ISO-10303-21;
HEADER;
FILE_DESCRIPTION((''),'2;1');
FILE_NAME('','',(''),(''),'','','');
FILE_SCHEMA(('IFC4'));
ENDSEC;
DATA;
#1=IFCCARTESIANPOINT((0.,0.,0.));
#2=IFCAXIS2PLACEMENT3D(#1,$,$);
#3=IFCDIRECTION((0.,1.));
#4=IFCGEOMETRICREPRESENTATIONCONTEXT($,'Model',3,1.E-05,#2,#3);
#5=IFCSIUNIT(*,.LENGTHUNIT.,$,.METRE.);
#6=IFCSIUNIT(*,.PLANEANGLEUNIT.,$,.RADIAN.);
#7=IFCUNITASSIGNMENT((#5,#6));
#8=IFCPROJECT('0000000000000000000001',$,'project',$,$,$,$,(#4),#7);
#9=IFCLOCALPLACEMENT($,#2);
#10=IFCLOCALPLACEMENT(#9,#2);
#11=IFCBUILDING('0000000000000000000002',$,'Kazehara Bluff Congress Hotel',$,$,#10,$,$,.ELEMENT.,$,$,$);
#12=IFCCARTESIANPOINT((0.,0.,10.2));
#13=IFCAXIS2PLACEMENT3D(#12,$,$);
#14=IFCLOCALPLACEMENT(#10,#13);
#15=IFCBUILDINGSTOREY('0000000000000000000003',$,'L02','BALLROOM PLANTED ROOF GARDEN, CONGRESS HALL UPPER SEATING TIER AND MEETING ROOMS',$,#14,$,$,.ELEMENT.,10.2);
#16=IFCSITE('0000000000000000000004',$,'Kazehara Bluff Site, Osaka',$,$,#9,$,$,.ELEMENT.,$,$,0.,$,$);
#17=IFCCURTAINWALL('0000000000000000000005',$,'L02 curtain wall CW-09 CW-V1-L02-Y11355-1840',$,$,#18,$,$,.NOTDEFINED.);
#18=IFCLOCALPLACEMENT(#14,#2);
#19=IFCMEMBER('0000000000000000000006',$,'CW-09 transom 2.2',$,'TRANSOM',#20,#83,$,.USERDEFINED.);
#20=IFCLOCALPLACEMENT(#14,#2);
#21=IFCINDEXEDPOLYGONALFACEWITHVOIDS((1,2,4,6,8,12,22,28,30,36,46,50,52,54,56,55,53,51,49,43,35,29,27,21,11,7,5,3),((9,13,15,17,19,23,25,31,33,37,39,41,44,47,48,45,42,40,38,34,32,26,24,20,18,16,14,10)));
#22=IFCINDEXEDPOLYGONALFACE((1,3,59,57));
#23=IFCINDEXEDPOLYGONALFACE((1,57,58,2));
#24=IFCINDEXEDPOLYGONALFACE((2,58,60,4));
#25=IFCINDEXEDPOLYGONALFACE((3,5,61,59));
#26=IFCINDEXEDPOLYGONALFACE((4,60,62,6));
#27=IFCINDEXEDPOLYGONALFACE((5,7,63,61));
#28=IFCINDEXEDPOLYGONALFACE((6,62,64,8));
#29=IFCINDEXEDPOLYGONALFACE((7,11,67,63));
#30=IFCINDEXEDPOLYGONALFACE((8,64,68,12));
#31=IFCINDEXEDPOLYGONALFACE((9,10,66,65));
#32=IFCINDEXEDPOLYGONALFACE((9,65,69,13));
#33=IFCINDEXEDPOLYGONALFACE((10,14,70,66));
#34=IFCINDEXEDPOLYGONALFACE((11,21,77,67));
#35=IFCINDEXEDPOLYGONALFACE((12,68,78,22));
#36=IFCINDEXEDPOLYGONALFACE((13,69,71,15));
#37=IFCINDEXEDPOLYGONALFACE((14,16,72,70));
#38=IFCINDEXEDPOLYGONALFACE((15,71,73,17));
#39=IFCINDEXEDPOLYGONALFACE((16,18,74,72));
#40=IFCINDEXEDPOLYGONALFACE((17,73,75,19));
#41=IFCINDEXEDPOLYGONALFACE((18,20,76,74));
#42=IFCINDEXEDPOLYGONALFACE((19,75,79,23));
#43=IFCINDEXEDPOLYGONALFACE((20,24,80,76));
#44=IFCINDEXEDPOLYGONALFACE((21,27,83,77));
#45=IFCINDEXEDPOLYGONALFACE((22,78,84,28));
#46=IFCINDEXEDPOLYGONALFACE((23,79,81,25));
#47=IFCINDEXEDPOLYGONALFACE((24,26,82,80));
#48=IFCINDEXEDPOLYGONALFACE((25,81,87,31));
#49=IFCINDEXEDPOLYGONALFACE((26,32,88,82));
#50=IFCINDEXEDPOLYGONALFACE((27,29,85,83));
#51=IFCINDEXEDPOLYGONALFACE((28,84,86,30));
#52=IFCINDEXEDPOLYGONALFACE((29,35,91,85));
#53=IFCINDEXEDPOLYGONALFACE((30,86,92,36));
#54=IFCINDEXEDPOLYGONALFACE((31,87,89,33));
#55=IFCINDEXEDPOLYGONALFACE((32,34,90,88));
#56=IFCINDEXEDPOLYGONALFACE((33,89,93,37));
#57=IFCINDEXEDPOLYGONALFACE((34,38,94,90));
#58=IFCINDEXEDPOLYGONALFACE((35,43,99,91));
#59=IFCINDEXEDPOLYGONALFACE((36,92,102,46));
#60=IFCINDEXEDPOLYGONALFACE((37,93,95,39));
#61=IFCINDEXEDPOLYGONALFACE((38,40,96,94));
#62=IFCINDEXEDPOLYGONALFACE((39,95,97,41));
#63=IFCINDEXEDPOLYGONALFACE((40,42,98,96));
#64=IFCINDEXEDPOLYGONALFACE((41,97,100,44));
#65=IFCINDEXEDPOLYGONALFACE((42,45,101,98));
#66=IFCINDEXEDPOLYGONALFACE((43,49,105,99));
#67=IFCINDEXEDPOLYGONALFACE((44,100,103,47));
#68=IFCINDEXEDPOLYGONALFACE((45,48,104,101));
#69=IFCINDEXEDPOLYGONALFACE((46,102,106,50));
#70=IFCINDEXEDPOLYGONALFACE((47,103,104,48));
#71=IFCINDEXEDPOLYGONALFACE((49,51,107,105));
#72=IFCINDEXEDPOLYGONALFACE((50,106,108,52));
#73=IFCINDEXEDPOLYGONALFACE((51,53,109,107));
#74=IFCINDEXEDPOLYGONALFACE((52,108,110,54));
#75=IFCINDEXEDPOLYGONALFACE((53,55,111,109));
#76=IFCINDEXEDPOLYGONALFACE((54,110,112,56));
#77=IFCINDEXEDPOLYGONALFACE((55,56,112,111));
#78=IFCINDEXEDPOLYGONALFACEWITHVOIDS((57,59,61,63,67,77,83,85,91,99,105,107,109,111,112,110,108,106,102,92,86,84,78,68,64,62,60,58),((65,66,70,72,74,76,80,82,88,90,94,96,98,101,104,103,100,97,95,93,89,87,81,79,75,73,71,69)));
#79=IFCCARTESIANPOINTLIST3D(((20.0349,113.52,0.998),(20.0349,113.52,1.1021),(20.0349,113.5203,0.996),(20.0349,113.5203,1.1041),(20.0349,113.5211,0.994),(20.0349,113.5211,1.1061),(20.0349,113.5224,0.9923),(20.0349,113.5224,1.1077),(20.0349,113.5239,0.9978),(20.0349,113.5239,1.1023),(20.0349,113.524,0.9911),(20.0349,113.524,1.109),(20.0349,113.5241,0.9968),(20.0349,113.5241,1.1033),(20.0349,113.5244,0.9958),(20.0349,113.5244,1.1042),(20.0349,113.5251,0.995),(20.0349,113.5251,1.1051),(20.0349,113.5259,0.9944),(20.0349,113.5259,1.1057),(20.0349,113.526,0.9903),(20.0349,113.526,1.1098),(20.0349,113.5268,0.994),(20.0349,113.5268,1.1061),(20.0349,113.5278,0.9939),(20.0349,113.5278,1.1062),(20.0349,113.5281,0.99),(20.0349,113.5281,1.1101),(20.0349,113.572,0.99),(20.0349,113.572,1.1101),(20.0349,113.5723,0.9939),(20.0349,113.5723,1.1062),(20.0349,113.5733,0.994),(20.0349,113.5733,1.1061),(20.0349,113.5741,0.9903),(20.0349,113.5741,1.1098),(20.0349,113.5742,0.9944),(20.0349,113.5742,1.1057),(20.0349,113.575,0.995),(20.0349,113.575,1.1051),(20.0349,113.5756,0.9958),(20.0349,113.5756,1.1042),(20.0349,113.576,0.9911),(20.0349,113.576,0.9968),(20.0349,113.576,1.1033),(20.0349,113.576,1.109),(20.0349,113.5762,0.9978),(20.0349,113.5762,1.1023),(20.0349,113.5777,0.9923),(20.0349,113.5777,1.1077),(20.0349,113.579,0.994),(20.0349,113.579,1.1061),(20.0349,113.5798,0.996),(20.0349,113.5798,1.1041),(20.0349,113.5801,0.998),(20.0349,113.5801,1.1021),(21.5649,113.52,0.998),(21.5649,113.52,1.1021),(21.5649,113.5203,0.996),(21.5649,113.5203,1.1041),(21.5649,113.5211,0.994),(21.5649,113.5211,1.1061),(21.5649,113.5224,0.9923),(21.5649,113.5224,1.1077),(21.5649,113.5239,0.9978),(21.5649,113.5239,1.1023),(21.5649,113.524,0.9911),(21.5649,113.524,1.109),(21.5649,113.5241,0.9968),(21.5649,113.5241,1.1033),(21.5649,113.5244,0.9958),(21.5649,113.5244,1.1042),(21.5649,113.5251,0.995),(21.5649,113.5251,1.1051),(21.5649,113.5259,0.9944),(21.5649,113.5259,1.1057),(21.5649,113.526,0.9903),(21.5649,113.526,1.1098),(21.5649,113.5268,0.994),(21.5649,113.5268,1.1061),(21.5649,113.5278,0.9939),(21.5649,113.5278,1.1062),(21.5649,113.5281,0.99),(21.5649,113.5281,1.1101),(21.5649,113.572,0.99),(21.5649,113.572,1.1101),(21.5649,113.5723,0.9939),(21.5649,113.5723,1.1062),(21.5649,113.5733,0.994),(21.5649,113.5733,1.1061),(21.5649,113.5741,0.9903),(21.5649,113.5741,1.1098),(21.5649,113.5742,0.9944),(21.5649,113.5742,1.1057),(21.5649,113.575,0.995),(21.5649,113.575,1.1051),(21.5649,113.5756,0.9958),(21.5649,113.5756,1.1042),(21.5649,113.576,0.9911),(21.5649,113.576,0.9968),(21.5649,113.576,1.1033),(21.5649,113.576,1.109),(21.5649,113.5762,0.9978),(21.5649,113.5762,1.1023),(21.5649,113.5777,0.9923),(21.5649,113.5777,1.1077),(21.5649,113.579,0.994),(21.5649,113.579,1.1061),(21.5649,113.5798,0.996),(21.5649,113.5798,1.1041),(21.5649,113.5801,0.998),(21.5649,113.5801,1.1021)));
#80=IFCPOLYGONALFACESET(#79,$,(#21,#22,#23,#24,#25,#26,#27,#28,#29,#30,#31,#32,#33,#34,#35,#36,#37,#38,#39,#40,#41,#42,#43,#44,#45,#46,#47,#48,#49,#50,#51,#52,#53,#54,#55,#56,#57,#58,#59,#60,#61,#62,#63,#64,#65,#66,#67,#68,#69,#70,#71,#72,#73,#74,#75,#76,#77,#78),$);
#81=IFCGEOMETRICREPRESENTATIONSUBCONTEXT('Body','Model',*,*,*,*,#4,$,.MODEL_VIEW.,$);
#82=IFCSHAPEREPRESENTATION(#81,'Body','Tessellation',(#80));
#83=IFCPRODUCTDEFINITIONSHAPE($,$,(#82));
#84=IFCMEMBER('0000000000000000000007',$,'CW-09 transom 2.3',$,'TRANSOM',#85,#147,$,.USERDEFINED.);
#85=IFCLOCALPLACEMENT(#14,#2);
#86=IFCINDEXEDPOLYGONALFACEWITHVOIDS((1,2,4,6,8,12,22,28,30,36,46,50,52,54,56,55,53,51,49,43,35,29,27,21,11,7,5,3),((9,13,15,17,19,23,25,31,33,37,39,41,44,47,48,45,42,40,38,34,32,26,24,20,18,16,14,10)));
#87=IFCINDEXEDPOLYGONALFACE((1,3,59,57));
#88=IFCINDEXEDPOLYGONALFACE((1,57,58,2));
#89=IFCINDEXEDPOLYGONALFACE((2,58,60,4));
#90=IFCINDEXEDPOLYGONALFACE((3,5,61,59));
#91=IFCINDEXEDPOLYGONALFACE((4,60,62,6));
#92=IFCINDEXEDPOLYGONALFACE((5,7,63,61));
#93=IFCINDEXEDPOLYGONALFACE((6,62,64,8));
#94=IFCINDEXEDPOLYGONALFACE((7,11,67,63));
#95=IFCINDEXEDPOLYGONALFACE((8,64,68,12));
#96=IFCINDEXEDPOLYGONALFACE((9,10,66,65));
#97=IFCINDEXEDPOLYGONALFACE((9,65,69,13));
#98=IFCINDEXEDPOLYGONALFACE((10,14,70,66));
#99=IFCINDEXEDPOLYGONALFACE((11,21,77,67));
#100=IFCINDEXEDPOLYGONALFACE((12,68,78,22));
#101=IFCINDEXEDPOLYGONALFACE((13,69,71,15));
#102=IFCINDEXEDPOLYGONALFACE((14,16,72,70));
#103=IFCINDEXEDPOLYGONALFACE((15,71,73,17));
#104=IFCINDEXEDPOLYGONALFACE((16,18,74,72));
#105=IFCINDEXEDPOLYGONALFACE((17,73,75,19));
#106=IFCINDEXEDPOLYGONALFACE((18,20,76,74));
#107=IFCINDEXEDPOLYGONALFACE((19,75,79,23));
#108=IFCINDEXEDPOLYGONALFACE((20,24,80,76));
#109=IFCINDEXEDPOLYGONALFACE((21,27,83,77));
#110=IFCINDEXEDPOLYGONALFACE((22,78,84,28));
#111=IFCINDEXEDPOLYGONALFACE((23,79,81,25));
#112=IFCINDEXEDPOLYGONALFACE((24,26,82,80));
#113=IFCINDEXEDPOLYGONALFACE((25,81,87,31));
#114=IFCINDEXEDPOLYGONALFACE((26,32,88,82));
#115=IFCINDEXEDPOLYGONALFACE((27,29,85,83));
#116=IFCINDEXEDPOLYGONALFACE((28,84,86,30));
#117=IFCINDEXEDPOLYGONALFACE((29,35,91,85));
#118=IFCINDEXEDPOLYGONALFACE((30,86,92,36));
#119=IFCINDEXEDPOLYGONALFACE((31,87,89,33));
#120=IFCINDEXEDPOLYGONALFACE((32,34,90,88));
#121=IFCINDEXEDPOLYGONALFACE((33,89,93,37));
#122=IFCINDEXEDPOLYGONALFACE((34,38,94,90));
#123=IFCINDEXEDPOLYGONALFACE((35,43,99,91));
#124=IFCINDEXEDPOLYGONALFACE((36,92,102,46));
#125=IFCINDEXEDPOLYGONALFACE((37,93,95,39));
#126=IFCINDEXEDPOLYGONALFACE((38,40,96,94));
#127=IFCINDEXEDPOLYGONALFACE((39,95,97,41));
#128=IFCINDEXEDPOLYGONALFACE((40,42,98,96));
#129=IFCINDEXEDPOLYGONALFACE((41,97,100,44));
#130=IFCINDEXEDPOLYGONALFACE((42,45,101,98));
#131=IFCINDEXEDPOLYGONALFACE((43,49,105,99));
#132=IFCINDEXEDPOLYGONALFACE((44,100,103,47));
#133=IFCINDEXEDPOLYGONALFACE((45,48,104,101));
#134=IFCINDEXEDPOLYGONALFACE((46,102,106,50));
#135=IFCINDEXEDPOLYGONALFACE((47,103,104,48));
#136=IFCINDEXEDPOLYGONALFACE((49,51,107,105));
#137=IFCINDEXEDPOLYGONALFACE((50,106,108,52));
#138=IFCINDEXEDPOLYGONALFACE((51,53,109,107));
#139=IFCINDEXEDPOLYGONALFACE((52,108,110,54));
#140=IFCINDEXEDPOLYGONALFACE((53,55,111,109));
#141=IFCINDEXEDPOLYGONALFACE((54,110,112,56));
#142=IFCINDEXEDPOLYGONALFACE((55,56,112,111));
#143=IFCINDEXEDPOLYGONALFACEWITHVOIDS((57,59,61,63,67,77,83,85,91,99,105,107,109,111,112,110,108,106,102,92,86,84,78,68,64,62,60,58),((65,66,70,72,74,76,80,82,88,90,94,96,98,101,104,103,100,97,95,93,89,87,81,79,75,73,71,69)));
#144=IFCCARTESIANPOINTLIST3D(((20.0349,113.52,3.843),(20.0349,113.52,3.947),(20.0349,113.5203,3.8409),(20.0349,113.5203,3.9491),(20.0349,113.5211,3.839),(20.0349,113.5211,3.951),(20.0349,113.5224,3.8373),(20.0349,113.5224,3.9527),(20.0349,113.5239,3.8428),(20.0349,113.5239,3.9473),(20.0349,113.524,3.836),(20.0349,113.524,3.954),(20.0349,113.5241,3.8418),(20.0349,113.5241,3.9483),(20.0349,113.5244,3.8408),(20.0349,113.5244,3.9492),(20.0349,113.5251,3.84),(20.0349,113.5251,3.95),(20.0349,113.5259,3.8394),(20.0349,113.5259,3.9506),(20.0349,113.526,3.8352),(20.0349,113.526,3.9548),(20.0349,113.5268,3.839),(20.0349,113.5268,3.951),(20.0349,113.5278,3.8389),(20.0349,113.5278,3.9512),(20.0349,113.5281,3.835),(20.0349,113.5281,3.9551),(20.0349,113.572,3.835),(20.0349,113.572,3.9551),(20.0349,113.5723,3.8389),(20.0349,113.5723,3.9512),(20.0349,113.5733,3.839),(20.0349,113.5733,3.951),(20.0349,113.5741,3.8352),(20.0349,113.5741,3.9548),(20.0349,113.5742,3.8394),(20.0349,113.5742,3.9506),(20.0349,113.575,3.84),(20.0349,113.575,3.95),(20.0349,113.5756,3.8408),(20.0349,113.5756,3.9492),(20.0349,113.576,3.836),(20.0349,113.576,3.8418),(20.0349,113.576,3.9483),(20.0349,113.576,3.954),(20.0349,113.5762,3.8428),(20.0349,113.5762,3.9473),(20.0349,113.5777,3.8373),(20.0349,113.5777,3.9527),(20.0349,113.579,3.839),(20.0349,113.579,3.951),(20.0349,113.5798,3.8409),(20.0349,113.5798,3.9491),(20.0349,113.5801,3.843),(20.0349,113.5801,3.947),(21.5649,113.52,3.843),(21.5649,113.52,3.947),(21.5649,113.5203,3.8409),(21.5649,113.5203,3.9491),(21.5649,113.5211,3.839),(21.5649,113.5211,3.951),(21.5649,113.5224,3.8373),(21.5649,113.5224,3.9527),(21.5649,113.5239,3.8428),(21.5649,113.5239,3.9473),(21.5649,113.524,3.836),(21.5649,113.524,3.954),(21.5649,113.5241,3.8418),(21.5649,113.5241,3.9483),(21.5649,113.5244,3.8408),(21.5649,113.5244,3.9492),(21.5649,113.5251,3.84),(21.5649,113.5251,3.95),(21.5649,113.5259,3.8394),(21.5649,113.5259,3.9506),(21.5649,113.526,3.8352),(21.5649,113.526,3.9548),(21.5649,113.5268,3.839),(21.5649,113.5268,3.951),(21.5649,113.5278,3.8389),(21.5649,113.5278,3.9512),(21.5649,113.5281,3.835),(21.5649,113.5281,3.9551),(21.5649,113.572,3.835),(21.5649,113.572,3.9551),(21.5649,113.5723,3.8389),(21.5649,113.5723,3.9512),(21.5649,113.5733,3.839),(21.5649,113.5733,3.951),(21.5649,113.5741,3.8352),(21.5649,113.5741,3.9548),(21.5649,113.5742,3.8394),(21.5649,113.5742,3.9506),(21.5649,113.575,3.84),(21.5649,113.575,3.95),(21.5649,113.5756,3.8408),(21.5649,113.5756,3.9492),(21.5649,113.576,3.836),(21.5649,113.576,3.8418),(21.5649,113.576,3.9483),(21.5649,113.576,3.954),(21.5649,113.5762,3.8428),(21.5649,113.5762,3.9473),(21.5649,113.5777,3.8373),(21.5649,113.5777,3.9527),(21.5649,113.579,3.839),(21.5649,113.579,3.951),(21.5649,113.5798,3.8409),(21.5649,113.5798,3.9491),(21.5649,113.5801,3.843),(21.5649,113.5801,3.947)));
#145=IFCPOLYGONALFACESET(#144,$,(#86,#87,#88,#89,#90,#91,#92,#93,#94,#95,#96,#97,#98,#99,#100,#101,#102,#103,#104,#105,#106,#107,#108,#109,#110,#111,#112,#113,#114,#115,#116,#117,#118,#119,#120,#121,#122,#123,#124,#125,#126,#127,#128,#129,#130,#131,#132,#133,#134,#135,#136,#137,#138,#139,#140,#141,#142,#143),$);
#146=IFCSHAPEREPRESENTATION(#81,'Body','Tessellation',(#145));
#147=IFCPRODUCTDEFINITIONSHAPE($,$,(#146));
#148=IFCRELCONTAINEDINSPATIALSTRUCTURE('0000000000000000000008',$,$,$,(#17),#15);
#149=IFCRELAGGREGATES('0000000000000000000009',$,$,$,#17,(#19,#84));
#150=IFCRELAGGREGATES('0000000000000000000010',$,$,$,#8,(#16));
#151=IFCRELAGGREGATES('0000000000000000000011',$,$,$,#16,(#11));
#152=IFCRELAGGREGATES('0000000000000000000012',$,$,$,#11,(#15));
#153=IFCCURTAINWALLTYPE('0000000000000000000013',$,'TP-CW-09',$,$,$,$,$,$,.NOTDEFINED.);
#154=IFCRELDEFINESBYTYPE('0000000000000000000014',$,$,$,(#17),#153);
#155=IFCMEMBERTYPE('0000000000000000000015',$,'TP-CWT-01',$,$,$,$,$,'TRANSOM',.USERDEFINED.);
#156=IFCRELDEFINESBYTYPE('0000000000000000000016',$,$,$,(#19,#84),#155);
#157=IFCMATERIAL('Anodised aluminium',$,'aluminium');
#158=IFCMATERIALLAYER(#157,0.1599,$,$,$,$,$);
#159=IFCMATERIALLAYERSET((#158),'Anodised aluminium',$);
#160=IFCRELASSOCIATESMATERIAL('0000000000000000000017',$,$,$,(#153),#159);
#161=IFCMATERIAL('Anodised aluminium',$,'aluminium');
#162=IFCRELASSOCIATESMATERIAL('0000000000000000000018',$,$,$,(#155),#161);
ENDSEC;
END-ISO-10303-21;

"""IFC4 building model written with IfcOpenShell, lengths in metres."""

from ifc_helpers import new_model, si_unit, direction, frame, origin, origin_2d, place, context, subcontext, project, spatial, hollow_rectangle, extrude, material, layer, layer_set, material_profile, profile_set, type_object, element, aggregate, save


model = new_model("IFC4")

# Units and contexts
model_context = context("Model", 3, precision=1e-05, world=origin(), true_north=direction((0.0, 1.0)))
body_context = subcontext(model_context, "Body", "Model", "MODEL_VIEW")
ifc_project = project(units=[si_unit("LENGTHUNIT", "METRE"), si_unit("PLANEANGLEUNIT", "RADIAN")], contexts=[model_context])

# Site, building, storey
site_placement = place(None, origin())
site = spatial("IfcSite", under=ifc_project, at=site_placement, Name="Kazehara Bluff Site, Osaka", CompositionType="ELEMENT", RefElevation=0.0)
building_placement = place(site_placement, origin())
building = spatial("IfcBuilding", under=site, at=building_placement, Name="Kazehara Bluff Congress Hotel", CompositionType="ELEMENT")
storey_placement = place(building_placement, frame((0.0, 0.0, 10.2)))
storey = spatial("IfcBuildingStorey", under=building, at=storey_placement, Name="L02", Description="BALLROOM PLANTED ROOF GARDEN, CONGRESS HALL UPPER SEATING TIER AND MEETING ROOMS", CompositionType="ELEMENT", Elevation=10.2)

# Curtain wall, members
ifc_material_1 = material(Name="Anodised aluminium", Category="aluminium")
ifc_layer_1 = layer(ifc_material_1, 0.1599)
ifc_layer_set_1 = layer_set([ifc_layer_1], Name="Anodised aluminium")
curtain_wall_type = type_object("IfcCurtainWallType", Name="TP-CW-09", PredefinedType="NOTDEFINED", material=ifc_layer_set_1)
curtain_wall_placement = place(storey_placement, origin())
curtain_wall = element("IfcCurtainWall", 1, at=curtain_wall_placement, inside=storey, type_object=curtain_wall_type, Name="L02 curtain wall CW-09 CW-V1-L02-Y11355-1840", PredefinedType="NOTDEFINED")
ifc_material_2 = material(Name="Anodised aluminium", Category="aluminium")
ifc_material_profile_1 = material_profile(ifc_material_2, hollow_rectangle(XDim=0.0601, YDim=0.1201, WallThickness=0.0039, InnerFilletRadius=0.0039, OuterFilletRadius=0.0081, at=origin_2d()))
ifc_profile_set_1 = profile_set([ifc_material_profile_1], Name="Anodised aluminium")
member_type_1 = type_object("IfcMemberType", Name="TP-CWT-01", ElementType="TRANSOM", PredefinedType="USERDEFINED", material=ifc_profile_set_1)
member_1_placement = place(storey_placement, frame((20.0349, 113.55, 1.05), z_axis=(1.0, 0.0, 0.0), x_axis=(0.0, 1.0, 0.0)))
member_1 = element("IfcMember", 2, at=member_1_placement, type_object=member_type_1, Name="CW-09 transom 2.2", ObjectType="TRANSOM", PredefinedType="USERDEFINED", context=body_context, shape_type="SweptSolid", body=[
    extrude(hollow_rectangle(XDim=0.0601, YDim=0.1201, WallThickness=0.0039, InnerFilletRadius=0.0039, OuterFilletRadius=0.0081, at=origin_2d()), origin(), (0.0, 0.0, 1.0), 1.53),
])
member_2_placement = place(storey_placement, frame((20.0349, 113.55, 3.895), z_axis=(1.0, 0.0, 0.0), x_axis=(0.0, 1.0, 0.0)))
member_2 = element("IfcMember", 3, at=member_2_placement, type_object=member_type_1, Name="CW-09 transom 2.3", ObjectType="TRANSOM", PredefinedType="USERDEFINED", context=body_context, shape_type="SweptSolid", body=[
    extrude(hollow_rectangle(XDim=0.0601, YDim=0.1201, WallThickness=0.0039, InnerFilletRadius=0.0039, OuterFilletRadius=0.0081, at=origin_2d()), origin(), (0.0, 0.0, 1.0), 1.53),
])
aggregate(curtain_wall, [member_1, member_2])

save(model, "model.ifc")
